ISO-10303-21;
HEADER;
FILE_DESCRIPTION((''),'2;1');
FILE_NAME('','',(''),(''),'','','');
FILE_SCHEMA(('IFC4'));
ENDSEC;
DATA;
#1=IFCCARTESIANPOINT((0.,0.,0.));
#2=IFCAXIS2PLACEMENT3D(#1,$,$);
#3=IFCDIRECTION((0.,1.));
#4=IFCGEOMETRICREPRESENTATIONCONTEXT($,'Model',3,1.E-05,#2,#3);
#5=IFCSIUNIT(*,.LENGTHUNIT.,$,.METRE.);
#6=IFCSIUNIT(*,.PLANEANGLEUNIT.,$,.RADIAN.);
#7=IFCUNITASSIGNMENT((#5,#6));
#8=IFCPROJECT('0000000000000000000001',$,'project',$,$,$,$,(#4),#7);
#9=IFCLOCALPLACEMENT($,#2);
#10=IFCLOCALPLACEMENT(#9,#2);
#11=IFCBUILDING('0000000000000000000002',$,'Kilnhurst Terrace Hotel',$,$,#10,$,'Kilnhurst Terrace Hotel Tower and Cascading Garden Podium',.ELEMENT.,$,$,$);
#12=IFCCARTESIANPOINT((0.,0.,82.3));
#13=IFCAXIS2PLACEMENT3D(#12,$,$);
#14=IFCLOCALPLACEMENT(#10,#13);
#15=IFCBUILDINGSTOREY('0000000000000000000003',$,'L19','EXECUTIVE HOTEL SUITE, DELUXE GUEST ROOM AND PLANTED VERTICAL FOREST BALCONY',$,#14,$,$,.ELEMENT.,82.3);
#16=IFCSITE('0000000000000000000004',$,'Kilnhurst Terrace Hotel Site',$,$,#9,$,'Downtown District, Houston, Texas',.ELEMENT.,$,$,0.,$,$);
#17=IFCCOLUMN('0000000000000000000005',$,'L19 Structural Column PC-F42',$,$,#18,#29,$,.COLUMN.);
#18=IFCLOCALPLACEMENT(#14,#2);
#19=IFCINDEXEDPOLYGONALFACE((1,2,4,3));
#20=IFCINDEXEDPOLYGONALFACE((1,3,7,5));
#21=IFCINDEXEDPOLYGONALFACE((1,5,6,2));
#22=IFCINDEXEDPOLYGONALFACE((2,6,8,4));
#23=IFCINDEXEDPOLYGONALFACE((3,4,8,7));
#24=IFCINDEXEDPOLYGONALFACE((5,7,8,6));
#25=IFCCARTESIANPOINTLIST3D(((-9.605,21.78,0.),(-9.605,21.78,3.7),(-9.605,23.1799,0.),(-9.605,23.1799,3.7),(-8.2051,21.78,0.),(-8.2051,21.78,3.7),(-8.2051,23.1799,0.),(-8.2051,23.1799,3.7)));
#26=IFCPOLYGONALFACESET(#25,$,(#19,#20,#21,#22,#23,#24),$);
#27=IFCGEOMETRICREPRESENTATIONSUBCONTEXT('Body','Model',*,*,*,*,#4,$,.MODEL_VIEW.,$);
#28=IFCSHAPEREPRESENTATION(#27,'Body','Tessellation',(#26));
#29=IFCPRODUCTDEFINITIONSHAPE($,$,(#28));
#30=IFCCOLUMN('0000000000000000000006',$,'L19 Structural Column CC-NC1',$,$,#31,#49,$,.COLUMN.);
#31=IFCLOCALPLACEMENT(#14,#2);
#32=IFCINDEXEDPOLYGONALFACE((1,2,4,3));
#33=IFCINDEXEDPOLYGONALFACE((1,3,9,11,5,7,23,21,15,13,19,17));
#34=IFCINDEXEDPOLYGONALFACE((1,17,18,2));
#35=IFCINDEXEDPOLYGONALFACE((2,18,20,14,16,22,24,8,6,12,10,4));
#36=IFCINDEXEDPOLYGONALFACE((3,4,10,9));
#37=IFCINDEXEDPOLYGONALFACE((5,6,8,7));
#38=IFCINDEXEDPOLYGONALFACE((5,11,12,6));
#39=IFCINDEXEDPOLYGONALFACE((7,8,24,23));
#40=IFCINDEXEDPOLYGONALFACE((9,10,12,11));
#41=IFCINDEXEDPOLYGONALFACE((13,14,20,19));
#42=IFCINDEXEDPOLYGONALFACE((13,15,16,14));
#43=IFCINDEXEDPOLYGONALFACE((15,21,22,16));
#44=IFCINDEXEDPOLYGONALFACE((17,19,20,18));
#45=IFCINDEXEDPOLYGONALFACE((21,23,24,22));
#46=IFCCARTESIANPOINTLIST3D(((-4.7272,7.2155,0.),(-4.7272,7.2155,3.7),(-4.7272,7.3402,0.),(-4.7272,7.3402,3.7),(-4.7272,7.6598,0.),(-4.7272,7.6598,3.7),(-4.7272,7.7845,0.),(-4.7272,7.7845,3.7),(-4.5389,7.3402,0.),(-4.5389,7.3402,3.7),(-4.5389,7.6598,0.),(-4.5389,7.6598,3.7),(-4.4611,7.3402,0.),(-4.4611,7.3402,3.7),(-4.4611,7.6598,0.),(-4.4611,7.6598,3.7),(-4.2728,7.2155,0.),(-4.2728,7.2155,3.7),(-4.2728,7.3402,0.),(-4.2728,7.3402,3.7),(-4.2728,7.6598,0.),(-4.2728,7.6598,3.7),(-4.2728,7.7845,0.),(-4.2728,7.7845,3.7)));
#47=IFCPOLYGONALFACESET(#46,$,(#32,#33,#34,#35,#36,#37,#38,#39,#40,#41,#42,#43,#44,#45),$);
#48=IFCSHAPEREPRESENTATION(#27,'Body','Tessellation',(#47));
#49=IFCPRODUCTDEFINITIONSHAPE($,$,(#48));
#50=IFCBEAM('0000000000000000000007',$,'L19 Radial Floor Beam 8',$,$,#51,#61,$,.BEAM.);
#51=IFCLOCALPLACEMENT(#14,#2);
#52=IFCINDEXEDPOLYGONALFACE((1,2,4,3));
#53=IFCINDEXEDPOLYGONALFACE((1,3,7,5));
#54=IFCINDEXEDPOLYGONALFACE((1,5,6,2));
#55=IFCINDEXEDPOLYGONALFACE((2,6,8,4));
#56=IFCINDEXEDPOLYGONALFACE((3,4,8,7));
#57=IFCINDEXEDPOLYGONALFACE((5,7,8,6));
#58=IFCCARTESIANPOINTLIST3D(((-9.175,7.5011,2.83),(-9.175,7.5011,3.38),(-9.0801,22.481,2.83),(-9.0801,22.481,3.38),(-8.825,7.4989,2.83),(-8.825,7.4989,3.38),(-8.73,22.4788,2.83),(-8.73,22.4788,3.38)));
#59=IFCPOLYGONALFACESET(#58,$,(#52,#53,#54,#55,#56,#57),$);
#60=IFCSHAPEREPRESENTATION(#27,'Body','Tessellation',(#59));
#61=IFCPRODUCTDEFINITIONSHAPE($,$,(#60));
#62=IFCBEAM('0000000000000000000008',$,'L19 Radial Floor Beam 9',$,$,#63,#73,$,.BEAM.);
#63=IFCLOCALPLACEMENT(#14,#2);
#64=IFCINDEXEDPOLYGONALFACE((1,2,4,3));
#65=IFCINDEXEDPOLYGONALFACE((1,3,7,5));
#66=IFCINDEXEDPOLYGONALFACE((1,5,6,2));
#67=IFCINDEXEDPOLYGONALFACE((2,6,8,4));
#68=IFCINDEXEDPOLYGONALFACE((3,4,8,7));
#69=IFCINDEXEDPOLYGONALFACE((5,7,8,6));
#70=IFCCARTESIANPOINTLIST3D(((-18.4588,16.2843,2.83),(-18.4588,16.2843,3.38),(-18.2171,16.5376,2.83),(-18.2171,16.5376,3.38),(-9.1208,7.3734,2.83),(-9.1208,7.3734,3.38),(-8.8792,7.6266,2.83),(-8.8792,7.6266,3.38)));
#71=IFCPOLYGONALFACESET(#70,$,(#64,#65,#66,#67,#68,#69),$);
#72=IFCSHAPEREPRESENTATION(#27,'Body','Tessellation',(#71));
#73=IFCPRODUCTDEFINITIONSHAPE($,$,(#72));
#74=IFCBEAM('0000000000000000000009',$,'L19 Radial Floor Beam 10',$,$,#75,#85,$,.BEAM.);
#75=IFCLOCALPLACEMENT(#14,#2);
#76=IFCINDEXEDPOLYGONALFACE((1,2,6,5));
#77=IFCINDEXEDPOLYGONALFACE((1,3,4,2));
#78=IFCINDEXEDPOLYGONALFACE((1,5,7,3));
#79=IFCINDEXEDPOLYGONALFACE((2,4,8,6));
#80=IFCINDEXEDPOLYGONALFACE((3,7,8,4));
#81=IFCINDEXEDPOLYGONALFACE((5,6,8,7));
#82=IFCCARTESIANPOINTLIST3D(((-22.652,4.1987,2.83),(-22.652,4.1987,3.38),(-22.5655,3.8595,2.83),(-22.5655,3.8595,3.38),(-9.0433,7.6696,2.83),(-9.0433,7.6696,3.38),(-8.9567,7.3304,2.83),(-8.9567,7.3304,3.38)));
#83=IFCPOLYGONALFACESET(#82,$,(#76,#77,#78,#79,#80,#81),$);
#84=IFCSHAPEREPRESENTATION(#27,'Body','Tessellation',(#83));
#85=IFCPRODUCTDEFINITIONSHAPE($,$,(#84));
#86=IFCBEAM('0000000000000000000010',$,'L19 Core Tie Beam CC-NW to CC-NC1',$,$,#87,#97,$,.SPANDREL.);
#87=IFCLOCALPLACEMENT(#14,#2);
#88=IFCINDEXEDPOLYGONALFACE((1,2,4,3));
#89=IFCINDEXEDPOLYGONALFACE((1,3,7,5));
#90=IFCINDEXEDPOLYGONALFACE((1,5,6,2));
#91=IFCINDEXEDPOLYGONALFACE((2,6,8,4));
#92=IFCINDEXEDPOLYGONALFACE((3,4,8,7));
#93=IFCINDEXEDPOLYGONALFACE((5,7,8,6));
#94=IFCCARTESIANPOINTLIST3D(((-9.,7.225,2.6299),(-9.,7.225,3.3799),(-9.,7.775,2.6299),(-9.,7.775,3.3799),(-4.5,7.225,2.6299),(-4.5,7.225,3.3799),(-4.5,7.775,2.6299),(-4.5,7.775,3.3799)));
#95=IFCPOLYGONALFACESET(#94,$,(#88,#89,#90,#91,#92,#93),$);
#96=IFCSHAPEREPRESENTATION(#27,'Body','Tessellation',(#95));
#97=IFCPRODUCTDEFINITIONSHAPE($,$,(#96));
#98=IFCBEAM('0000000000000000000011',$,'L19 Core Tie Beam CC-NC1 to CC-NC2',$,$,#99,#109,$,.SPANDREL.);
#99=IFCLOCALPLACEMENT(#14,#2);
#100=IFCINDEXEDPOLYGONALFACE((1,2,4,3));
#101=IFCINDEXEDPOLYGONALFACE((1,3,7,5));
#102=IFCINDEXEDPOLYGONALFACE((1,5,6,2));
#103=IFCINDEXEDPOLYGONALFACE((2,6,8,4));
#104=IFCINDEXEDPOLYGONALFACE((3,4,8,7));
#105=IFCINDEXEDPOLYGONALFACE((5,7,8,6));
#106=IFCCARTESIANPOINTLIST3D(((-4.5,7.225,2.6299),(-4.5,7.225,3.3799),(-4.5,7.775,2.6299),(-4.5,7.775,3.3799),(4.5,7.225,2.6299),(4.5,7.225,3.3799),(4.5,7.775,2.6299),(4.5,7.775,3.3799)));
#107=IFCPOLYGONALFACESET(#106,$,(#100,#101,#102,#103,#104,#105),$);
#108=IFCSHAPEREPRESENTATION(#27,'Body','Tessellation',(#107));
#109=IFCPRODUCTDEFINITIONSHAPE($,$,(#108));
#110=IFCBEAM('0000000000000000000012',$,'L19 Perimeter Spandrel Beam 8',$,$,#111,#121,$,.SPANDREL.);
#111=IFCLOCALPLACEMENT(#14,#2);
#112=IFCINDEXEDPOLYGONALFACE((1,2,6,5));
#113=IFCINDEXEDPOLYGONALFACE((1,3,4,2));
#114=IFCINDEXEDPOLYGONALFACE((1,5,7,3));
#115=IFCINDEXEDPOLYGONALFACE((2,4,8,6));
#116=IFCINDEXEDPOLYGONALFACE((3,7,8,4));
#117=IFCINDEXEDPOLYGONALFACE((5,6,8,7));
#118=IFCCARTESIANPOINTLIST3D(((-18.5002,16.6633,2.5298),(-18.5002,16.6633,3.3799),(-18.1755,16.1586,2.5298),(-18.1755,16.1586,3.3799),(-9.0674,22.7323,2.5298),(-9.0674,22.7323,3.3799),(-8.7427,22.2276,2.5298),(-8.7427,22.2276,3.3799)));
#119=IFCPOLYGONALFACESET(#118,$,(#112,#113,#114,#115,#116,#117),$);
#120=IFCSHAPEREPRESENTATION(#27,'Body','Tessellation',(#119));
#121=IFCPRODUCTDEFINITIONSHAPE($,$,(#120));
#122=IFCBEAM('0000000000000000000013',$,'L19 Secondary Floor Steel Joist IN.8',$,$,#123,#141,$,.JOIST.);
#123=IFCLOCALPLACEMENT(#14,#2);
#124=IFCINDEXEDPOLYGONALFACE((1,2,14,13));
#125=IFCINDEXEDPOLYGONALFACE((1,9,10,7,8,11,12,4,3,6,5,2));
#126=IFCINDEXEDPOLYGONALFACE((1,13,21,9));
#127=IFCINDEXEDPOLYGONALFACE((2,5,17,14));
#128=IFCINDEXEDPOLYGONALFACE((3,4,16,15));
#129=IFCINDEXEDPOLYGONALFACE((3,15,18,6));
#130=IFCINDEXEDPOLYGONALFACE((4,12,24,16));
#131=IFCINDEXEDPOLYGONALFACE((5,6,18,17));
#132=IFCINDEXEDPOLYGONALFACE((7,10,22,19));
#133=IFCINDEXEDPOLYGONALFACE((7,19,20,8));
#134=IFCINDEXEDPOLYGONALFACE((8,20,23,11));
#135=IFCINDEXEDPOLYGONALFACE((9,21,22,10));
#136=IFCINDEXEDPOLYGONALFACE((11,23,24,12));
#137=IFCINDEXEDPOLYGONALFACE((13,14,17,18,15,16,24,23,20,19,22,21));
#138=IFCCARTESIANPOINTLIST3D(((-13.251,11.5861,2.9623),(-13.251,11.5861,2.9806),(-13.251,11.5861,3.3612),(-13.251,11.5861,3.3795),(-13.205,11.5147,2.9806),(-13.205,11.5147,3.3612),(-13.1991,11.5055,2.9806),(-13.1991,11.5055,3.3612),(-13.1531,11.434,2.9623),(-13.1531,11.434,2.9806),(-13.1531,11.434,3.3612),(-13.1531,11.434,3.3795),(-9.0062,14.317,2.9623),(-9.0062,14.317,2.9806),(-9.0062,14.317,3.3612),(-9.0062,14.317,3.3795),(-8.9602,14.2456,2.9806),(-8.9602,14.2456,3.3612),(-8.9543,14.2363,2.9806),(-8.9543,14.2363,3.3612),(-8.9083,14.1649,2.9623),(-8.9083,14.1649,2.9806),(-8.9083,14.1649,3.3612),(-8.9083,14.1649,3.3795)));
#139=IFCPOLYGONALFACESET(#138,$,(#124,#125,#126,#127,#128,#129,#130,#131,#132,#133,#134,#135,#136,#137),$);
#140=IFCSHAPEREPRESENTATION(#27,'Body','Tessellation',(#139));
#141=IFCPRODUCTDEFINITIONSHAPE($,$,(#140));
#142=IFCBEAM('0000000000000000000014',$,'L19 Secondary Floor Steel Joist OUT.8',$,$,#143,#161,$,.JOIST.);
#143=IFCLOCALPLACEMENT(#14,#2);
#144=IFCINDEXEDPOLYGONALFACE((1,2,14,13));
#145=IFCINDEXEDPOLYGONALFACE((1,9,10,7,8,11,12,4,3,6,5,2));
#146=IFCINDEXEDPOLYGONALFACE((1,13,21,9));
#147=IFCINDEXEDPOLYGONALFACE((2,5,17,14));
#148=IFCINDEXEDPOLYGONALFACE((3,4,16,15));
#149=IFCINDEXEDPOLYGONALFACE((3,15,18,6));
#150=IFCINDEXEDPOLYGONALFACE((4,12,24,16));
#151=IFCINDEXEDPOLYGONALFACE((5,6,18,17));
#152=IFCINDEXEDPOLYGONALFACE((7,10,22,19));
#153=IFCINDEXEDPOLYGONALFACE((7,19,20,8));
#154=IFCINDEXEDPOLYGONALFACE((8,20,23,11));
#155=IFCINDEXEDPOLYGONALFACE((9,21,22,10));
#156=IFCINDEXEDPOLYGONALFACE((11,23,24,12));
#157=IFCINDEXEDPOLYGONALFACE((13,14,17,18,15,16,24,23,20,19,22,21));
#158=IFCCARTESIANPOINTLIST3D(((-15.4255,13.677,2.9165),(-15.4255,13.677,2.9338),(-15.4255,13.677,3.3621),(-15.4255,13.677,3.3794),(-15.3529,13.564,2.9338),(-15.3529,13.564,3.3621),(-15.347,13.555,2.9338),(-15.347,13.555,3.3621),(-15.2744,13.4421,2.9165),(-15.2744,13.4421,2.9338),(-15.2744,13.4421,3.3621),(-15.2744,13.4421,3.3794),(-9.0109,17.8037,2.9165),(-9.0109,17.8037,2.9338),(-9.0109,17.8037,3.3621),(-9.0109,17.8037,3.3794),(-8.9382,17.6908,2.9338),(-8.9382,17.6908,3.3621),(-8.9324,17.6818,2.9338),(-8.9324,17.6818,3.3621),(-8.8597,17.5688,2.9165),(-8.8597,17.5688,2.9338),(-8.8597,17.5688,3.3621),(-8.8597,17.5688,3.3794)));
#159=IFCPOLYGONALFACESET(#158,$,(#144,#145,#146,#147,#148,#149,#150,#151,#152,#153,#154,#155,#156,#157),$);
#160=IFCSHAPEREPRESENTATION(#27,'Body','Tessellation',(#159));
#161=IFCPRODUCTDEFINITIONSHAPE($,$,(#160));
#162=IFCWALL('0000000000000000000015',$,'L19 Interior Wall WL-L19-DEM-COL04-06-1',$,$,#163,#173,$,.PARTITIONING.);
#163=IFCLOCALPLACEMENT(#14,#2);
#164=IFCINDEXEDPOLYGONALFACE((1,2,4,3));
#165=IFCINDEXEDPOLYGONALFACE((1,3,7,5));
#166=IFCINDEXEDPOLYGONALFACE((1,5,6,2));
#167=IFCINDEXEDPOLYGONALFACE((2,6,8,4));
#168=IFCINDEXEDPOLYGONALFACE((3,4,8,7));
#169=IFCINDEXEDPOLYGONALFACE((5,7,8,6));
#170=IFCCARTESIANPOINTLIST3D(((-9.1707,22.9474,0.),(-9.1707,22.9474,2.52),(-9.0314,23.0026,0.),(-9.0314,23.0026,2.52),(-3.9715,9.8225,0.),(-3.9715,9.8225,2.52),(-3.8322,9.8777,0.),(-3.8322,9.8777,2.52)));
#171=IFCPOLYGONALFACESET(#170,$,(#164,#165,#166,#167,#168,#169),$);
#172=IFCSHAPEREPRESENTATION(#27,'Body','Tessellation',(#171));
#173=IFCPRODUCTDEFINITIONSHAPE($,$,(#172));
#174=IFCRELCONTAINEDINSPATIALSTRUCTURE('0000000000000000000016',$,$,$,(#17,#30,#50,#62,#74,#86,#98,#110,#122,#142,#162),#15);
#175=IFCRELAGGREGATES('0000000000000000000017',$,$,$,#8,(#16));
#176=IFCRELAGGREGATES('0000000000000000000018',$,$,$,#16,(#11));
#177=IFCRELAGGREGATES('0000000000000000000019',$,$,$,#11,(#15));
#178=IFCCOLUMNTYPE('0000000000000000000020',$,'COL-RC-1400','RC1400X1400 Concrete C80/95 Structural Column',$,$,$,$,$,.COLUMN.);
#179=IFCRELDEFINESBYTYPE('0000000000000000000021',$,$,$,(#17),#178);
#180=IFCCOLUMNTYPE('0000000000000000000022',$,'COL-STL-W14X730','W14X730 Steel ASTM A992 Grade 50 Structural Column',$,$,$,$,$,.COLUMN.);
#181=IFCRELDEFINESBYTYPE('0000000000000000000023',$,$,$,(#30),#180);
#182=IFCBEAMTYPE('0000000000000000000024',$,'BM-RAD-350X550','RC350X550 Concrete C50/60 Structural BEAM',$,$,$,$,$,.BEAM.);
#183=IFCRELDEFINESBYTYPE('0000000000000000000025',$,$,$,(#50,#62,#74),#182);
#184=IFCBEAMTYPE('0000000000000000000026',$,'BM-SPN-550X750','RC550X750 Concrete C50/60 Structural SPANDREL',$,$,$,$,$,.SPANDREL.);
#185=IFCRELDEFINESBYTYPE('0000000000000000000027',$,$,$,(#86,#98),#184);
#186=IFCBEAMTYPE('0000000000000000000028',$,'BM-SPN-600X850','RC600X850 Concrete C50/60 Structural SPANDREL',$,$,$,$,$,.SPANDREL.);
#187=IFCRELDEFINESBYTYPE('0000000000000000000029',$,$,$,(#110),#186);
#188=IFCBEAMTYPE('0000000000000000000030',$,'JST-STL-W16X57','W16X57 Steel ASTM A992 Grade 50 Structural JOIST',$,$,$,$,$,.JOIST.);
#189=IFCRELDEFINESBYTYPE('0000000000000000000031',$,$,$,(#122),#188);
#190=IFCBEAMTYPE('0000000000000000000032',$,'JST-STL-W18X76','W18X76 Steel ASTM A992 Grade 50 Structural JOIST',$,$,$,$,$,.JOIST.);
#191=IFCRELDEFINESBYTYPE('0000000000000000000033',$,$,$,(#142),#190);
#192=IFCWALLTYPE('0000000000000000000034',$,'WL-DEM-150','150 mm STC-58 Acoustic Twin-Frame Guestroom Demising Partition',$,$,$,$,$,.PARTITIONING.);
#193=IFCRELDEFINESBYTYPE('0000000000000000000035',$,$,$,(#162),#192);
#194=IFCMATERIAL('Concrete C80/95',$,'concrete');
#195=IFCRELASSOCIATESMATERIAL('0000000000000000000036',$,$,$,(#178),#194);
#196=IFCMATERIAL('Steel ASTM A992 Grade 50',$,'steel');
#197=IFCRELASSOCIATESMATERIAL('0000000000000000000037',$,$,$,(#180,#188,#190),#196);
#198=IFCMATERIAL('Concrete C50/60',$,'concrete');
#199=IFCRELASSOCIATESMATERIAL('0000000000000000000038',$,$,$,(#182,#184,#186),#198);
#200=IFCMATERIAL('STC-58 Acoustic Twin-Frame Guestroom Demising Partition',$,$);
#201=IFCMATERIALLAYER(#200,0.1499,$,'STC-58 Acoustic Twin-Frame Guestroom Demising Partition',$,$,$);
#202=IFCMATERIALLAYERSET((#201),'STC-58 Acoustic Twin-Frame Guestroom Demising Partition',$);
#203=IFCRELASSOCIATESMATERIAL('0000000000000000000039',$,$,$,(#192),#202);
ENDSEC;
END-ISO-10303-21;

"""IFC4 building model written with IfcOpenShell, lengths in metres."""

from ifc_helpers import new_model, si_unit, direction, frame, frame_2d, origin, origin_2d, place, context, subcontext, project, spatial, rectangle, i_section, extrude, material, layer, layer_set, material_profile, profile_set, type_object, element, save


model = new_model("IFC4")

# Units and contexts
model_context = context("Model", 3, precision=1e-05, world=origin(), true_north=direction((0.0, 1.0)))
body_context = subcontext(model_context, "Body", "Model", "MODEL_VIEW")
ifc_project = project(units=[si_unit("LENGTHUNIT", "METRE"), si_unit("PLANEANGLEUNIT", "RADIAN")], contexts=[model_context])

# Site, building, storey
site_placement = place(None, origin())
site = spatial("IfcSite", under=ifc_project, at=site_placement, Name="Kilnhurst Terrace Hotel Site", LongName="Downtown District, Houston, Texas", CompositionType="ELEMENT", RefElevation=0.0)
building_placement = place(site_placement, origin())
building = spatial("IfcBuilding", under=site, at=building_placement, Name="Kilnhurst Terrace Hotel", LongName="Kilnhurst Terrace Hotel Tower and Cascading Garden Podium", CompositionType="ELEMENT")
storey_placement = place(building_placement, frame((0.0, 0.0, 82.3)))
storey = spatial("IfcBuildingStorey", under=building, at=storey_placement, Name="L19", Description="EXECUTIVE HOTEL SUITE, DELUXE GUEST ROOM AND PLANTED VERTICAL FOREST BALCONY", CompositionType="ELEMENT", Elevation=82.3)

# Columns
ifc_material_1 = material(Name="Concrete C80/95", Category="concrete")
ifc_material_profile_1 = material_profile(ifc_material_1, rectangle(XDim=1.3999, YDim=1.3999, at=origin_2d()), Name="RC1400X1400")
ifc_profile_set_1 = profile_set([ifc_material_profile_1], Name="Concrete C80/95")
column_type_1 = type_object("IfcColumnType", Name="COL-RC-1400", Description="RC1400X1400 Concrete C80/95 Structural Column", PredefinedType="COLUMN", material=ifc_profile_set_1)
column_1_placement = place(storey_placement, frame((-8.905, 22.48, 0.0), z_axis=(0.0, 0.0, 1.0), x_axis=(1.0, 0.0, 0.0)))
element("IfcColumn", 1, at=column_1_placement, inside=storey, type_object=column_type_1, Name="L19 Structural Column PC-F42", PredefinedType="COLUMN", context=body_context, shape_type="SweptSolid", body=[
    extrude(rectangle(XDim=1.3999, YDim=1.3999, at=origin_2d()), origin(), (0.0, 0.0, 1.0), 3.7),
])
ifc_material_2 = material(Name="Steel ASTM A992 Grade 50", Category="steel")
ifc_material_profile_2 = material_profile(ifc_material_2, i_section(OverallWidth=0.4543, OverallDepth=0.5691, WebThickness=0.0779, FlangeThickness=0.1248, at=origin_2d()), Name="W14X730")
ifc_profile_set_2 = profile_set([ifc_material_profile_2], Name="Steel ASTM A992 Grade 50")
column_type_2 = type_object("IfcColumnType", Name="COL-STL-W14X730", Description="W14X730 Steel ASTM A992 Grade 50 Structural Column", PredefinedType="COLUMN", material=ifc_profile_set_2)
column_2_placement = place(storey_placement, frame((-4.5, 7.5, 0.0), z_axis=(0.0, 0.0, 1.0), x_axis=(1.0, 0.0, 0.0)))
element("IfcColumn", 2, at=column_2_placement, inside=storey, type_object=column_type_2, Name="L19 Structural Column CC-NC1", PredefinedType="COLUMN", context=body_context, shape_type="SweptSolid", body=[
    extrude(i_section(OverallWidth=0.4543, OverallDepth=0.5691, WebThickness=0.0779, FlangeThickness=0.1248, at=origin_2d()), origin(), (0.0, 0.0, 1.0), 3.7),
])

# Beams
ifc_material_3 = material(Name="Concrete C50/60", Category="concrete")
ifc_material_profile_3 = material_profile(ifc_material_3, rectangle(XDim=0.3501, YDim=0.55, at=origin_2d()), Name="RC350X550")
ifc_profile_set_3 = profile_set([ifc_material_profile_3], Name="Concrete C50/60")
beam_type_1 = type_object("IfcBeamType", Name="BM-RAD-350X550", Description="RC350X550 Concrete C50/60 Structural BEAM", PredefinedType="BEAM", material=ifc_profile_set_3)
beam_1_placement = place(storey_placement, frame((-9.0, 7.5, 3.105), z_axis=(0.00634, 0.99998, 0.0), x_axis=(-0.99998, 0.00634, 0.0)))
element("IfcBeam", 3, at=beam_1_placement, inside=storey, type_object=beam_type_1, Name="L19 Radial Floor Beam 8", PredefinedType="BEAM", context=body_context, shape_type="SweptSolid", body=[
    extrude(rectangle(XDim=0.3501, YDim=0.55, at=origin_2d()), origin(), (0.0, 0.0, 1.0), 14.9802),
])
beam_2_placement = place(storey_placement, frame((-9.0, 7.5, 3.105), z_axis=(-0.723454, 0.690372, 0.0), x_axis=(-0.690372, -0.723454, 0.0)))
element("IfcBeam", 4, at=beam_2_placement, inside=storey, type_object=beam_type_1, Name="L19 Radial Floor Beam 9", PredefinedType="BEAM", context=body_context, shape_type="SweptSolid", body=[
    extrude(rectangle(XDim=0.3501, YDim=0.55, at=origin_2d()), origin(), (0.0, 0.0, 1.0), 12.9075),
])
beam_3_placement = place(storey_placement, frame((-9.0, 7.5, 3.105), z_axis=(-0.96898, -0.247138, 0.0), x_axis=(0.247138, -0.96898, 0.0)))
element("IfcBeam", 5, at=beam_3_placement, inside=storey, type_object=beam_type_1, Name="L19 Radial Floor Beam 10", PredefinedType="BEAM", context=body_context, shape_type="SweptSolid", body=[
    extrude(rectangle(XDim=0.3501, YDim=0.55, at=origin_2d()), origin(), (0.0, 0.0, 1.0), 14.0444),
])
ifc_material_profile_4 = material_profile(ifc_material_3, rectangle(XDim=0.55, YDim=0.75, at=origin_2d()), Name="RC550X750")
ifc_profile_set_4 = profile_set([ifc_material_profile_4], Name="Concrete C50/60")
beam_type_2 = type_object("IfcBeamType", Name="BM-SPN-550X750", Description="RC550X750 Concrete C50/60 Structural SPANDREL", PredefinedType="SPANDREL", material=ifc_profile_set_4)
beam_4_placement = place(storey_placement, frame((-9.0, 7.5, 3.0049), z_axis=(1.0, 0.0, 0.0), x_axis=(0.0, 1.0, 0.0)))
element("IfcBeam", 6, at=beam_4_placement, inside=storey, type_object=beam_type_2, Name="L19 Core Tie Beam CC-NW to CC-NC1", PredefinedType="SPANDREL", context=body_context, shape_type="SweptSolid", body=[
    extrude(rectangle(XDim=0.55, YDim=0.75, at=origin_2d()), origin(), (0.0, 0.0, 1.0), 4.5),
])
beam_5_placement = place(storey_placement, frame((-4.5, 7.5, 3.0049), z_axis=(1.0, 0.0, 0.0), x_axis=(0.0, 1.0, 0.0)))
element("IfcBeam", 7, at=beam_5_placement, inside=storey, type_object=beam_type_2, Name="L19 Core Tie Beam CC-NC1 to CC-NC2", PredefinedType="SPANDREL", context=body_context, shape_type="SweptSolid", body=[
    extrude(rectangle(XDim=0.55, YDim=0.75, at=origin_2d()), origin(), (0.0, 0.0, 1.0), 9.0),
])
ifc_material_profile_5 = material_profile(ifc_material_3, rectangle(XDim=0.6001, YDim=0.8501, at=origin_2d()), Name="RC600X850")
ifc_profile_set_5 = profile_set([ifc_material_profile_5], Name="Concrete C50/60")
beam_type_3 = type_object("IfcBeamType", Name="BM-SPN-600X850", Description="RC600X850 Concrete C50/60 Structural SPANDREL", PredefinedType="SPANDREL", material=ifc_profile_set_5)
beam_6_placement = place(storey_placement, frame((-8.905, 22.48, 2.9548), z_axis=(-0.840971, -0.54108, 0.0), x_axis=(0.54108, -0.840971, 0.0)))
element("IfcBeam", 8, at=beam_6_placement, inside=storey, type_object=beam_type_3, Name="L19 Perimeter Spandrel Beam 8", PredefinedType="SPANDREL", context=body_context, shape_type="SweptSolid", body=[
    extrude(rectangle(XDim=0.6001, YDim=0.8501, at=origin_2d()), origin(), (0.0, 0.0, 1.0), 11.2166),
])
ifc_material_profile_6 = material_profile(ifc_material_2, i_section(OverallWidth=0.1809, OverallDepth=0.4172, WebThickness=0.011, FlangeThickness=0.0183, at=origin_2d()), Name="W16X57")
ifc_profile_set_6 = profile_set([ifc_material_profile_6], Name="Steel ASTM A992 Grade 50")
beam_type_4 = type_object("IfcBeamType", Name="JST-STL-W16X57", Description="W16X57 Steel ASTM A992 Grade 50 Structural JOIST", PredefinedType="JOIST", material=ifc_profile_set_6)
beam_7_placement = place(storey_placement, frame((-8.9573, 14.241, 3.1709), z_axis=(-0.840988, -0.541053, 0.0), x_axis=(0.541053, -0.840988, 0.0)))
element("IfcBeam", 9, at=beam_7_placement, inside=storey, type_object=beam_type_4, Name="L19 Secondary Floor Steel Joist IN.8", PredefinedType="JOIST", context=body_context, shape_type="SweptSolid", body=[
    extrude(i_section(OverallWidth=0.1809, OverallDepth=0.4172, WebThickness=0.011, FlangeThickness=0.0183, at=origin_2d()), origin(), (0.0, 0.0, 1.0), 5.0474),
])
ifc_material_profile_7 = material_profile(ifc_material_2, i_section(OverallWidth=0.2793, OverallDepth=0.4629, WebThickness=0.0107, FlangeThickness=0.0173, at=origin_2d()), Name="W18X76")
ifc_profile_set_7 = profile_set([ifc_material_profile_7], Name="Steel ASTM A992 Grade 50")
beam_type_5 = type_object("IfcBeamType", Name="JST-STL-W18X76", Description="W18X76 Steel ASTM A992 Grade 50 Structural JOIST", PredefinedType="JOIST", material=ifc_profile_set_7)
beam_8_placement = place(storey_placement, frame((-8.9353, 17.6863, 3.1479), z_axis=(-0.840995, -0.541042, 0.0), x_axis=(0.541042, -0.840995, 0.0)))
element("IfcBeam", 10, at=beam_8_placement, inside=storey, type_object=beam_type_5, Name="L19 Secondary Floor Steel Joist OUT.8", PredefinedType="JOIST", context=body_context, shape_type="SweptSolid", body=[
    extrude(i_section(OverallWidth=0.2793, OverallDepth=0.4629, WebThickness=0.0107, FlangeThickness=0.0173, at=origin_2d()), origin(), (0.0, 0.0, 1.0), 7.6274),
])

# Wall
ifc_material_4 = material(Name="STC-58 Acoustic Twin-Frame Guestroom Demising Partition")
ifc_layer_1 = layer(ifc_material_4, 0.1499, Name="STC-58 Acoustic Twin-Frame Guestroom Demising Partition")
ifc_layer_set_1 = layer_set([ifc_layer_1], Name="STC-58 Acoustic Twin-Frame Guestroom Demising Partition")
wall_type_1 = type_object("IfcWallType", Name="WL-DEM-150", Description="150 mm STC-58 Acoustic Twin-Frame Guestroom Demising Partition", PredefinedType="PARTITIONING", material=ifc_layer_set_1)
wall_1_placement = place(storey_placement, frame((-3.9019, 9.8501, 0.0), z_axis=(0.0, 0.0, 1.0), x_axis=(-0.368288, 0.929712, 0.0)))
element("IfcWall", 11, at=wall_1_placement, inside=storey, type_object=wall_type_1, Name="L19 Interior Wall WL-L19-DEM-COL04-06-1", PredefinedType="PARTITIONING", context=body_context, shape_type="SweptSolid", body=[
    extrude(rectangle(XDim=14.1172, YDim=0.1499, at=frame_2d((7.0586, 0.0))), origin(), (0.0, 0.0, 1.0), 2.52),
])

save(model, "model.ifc")
